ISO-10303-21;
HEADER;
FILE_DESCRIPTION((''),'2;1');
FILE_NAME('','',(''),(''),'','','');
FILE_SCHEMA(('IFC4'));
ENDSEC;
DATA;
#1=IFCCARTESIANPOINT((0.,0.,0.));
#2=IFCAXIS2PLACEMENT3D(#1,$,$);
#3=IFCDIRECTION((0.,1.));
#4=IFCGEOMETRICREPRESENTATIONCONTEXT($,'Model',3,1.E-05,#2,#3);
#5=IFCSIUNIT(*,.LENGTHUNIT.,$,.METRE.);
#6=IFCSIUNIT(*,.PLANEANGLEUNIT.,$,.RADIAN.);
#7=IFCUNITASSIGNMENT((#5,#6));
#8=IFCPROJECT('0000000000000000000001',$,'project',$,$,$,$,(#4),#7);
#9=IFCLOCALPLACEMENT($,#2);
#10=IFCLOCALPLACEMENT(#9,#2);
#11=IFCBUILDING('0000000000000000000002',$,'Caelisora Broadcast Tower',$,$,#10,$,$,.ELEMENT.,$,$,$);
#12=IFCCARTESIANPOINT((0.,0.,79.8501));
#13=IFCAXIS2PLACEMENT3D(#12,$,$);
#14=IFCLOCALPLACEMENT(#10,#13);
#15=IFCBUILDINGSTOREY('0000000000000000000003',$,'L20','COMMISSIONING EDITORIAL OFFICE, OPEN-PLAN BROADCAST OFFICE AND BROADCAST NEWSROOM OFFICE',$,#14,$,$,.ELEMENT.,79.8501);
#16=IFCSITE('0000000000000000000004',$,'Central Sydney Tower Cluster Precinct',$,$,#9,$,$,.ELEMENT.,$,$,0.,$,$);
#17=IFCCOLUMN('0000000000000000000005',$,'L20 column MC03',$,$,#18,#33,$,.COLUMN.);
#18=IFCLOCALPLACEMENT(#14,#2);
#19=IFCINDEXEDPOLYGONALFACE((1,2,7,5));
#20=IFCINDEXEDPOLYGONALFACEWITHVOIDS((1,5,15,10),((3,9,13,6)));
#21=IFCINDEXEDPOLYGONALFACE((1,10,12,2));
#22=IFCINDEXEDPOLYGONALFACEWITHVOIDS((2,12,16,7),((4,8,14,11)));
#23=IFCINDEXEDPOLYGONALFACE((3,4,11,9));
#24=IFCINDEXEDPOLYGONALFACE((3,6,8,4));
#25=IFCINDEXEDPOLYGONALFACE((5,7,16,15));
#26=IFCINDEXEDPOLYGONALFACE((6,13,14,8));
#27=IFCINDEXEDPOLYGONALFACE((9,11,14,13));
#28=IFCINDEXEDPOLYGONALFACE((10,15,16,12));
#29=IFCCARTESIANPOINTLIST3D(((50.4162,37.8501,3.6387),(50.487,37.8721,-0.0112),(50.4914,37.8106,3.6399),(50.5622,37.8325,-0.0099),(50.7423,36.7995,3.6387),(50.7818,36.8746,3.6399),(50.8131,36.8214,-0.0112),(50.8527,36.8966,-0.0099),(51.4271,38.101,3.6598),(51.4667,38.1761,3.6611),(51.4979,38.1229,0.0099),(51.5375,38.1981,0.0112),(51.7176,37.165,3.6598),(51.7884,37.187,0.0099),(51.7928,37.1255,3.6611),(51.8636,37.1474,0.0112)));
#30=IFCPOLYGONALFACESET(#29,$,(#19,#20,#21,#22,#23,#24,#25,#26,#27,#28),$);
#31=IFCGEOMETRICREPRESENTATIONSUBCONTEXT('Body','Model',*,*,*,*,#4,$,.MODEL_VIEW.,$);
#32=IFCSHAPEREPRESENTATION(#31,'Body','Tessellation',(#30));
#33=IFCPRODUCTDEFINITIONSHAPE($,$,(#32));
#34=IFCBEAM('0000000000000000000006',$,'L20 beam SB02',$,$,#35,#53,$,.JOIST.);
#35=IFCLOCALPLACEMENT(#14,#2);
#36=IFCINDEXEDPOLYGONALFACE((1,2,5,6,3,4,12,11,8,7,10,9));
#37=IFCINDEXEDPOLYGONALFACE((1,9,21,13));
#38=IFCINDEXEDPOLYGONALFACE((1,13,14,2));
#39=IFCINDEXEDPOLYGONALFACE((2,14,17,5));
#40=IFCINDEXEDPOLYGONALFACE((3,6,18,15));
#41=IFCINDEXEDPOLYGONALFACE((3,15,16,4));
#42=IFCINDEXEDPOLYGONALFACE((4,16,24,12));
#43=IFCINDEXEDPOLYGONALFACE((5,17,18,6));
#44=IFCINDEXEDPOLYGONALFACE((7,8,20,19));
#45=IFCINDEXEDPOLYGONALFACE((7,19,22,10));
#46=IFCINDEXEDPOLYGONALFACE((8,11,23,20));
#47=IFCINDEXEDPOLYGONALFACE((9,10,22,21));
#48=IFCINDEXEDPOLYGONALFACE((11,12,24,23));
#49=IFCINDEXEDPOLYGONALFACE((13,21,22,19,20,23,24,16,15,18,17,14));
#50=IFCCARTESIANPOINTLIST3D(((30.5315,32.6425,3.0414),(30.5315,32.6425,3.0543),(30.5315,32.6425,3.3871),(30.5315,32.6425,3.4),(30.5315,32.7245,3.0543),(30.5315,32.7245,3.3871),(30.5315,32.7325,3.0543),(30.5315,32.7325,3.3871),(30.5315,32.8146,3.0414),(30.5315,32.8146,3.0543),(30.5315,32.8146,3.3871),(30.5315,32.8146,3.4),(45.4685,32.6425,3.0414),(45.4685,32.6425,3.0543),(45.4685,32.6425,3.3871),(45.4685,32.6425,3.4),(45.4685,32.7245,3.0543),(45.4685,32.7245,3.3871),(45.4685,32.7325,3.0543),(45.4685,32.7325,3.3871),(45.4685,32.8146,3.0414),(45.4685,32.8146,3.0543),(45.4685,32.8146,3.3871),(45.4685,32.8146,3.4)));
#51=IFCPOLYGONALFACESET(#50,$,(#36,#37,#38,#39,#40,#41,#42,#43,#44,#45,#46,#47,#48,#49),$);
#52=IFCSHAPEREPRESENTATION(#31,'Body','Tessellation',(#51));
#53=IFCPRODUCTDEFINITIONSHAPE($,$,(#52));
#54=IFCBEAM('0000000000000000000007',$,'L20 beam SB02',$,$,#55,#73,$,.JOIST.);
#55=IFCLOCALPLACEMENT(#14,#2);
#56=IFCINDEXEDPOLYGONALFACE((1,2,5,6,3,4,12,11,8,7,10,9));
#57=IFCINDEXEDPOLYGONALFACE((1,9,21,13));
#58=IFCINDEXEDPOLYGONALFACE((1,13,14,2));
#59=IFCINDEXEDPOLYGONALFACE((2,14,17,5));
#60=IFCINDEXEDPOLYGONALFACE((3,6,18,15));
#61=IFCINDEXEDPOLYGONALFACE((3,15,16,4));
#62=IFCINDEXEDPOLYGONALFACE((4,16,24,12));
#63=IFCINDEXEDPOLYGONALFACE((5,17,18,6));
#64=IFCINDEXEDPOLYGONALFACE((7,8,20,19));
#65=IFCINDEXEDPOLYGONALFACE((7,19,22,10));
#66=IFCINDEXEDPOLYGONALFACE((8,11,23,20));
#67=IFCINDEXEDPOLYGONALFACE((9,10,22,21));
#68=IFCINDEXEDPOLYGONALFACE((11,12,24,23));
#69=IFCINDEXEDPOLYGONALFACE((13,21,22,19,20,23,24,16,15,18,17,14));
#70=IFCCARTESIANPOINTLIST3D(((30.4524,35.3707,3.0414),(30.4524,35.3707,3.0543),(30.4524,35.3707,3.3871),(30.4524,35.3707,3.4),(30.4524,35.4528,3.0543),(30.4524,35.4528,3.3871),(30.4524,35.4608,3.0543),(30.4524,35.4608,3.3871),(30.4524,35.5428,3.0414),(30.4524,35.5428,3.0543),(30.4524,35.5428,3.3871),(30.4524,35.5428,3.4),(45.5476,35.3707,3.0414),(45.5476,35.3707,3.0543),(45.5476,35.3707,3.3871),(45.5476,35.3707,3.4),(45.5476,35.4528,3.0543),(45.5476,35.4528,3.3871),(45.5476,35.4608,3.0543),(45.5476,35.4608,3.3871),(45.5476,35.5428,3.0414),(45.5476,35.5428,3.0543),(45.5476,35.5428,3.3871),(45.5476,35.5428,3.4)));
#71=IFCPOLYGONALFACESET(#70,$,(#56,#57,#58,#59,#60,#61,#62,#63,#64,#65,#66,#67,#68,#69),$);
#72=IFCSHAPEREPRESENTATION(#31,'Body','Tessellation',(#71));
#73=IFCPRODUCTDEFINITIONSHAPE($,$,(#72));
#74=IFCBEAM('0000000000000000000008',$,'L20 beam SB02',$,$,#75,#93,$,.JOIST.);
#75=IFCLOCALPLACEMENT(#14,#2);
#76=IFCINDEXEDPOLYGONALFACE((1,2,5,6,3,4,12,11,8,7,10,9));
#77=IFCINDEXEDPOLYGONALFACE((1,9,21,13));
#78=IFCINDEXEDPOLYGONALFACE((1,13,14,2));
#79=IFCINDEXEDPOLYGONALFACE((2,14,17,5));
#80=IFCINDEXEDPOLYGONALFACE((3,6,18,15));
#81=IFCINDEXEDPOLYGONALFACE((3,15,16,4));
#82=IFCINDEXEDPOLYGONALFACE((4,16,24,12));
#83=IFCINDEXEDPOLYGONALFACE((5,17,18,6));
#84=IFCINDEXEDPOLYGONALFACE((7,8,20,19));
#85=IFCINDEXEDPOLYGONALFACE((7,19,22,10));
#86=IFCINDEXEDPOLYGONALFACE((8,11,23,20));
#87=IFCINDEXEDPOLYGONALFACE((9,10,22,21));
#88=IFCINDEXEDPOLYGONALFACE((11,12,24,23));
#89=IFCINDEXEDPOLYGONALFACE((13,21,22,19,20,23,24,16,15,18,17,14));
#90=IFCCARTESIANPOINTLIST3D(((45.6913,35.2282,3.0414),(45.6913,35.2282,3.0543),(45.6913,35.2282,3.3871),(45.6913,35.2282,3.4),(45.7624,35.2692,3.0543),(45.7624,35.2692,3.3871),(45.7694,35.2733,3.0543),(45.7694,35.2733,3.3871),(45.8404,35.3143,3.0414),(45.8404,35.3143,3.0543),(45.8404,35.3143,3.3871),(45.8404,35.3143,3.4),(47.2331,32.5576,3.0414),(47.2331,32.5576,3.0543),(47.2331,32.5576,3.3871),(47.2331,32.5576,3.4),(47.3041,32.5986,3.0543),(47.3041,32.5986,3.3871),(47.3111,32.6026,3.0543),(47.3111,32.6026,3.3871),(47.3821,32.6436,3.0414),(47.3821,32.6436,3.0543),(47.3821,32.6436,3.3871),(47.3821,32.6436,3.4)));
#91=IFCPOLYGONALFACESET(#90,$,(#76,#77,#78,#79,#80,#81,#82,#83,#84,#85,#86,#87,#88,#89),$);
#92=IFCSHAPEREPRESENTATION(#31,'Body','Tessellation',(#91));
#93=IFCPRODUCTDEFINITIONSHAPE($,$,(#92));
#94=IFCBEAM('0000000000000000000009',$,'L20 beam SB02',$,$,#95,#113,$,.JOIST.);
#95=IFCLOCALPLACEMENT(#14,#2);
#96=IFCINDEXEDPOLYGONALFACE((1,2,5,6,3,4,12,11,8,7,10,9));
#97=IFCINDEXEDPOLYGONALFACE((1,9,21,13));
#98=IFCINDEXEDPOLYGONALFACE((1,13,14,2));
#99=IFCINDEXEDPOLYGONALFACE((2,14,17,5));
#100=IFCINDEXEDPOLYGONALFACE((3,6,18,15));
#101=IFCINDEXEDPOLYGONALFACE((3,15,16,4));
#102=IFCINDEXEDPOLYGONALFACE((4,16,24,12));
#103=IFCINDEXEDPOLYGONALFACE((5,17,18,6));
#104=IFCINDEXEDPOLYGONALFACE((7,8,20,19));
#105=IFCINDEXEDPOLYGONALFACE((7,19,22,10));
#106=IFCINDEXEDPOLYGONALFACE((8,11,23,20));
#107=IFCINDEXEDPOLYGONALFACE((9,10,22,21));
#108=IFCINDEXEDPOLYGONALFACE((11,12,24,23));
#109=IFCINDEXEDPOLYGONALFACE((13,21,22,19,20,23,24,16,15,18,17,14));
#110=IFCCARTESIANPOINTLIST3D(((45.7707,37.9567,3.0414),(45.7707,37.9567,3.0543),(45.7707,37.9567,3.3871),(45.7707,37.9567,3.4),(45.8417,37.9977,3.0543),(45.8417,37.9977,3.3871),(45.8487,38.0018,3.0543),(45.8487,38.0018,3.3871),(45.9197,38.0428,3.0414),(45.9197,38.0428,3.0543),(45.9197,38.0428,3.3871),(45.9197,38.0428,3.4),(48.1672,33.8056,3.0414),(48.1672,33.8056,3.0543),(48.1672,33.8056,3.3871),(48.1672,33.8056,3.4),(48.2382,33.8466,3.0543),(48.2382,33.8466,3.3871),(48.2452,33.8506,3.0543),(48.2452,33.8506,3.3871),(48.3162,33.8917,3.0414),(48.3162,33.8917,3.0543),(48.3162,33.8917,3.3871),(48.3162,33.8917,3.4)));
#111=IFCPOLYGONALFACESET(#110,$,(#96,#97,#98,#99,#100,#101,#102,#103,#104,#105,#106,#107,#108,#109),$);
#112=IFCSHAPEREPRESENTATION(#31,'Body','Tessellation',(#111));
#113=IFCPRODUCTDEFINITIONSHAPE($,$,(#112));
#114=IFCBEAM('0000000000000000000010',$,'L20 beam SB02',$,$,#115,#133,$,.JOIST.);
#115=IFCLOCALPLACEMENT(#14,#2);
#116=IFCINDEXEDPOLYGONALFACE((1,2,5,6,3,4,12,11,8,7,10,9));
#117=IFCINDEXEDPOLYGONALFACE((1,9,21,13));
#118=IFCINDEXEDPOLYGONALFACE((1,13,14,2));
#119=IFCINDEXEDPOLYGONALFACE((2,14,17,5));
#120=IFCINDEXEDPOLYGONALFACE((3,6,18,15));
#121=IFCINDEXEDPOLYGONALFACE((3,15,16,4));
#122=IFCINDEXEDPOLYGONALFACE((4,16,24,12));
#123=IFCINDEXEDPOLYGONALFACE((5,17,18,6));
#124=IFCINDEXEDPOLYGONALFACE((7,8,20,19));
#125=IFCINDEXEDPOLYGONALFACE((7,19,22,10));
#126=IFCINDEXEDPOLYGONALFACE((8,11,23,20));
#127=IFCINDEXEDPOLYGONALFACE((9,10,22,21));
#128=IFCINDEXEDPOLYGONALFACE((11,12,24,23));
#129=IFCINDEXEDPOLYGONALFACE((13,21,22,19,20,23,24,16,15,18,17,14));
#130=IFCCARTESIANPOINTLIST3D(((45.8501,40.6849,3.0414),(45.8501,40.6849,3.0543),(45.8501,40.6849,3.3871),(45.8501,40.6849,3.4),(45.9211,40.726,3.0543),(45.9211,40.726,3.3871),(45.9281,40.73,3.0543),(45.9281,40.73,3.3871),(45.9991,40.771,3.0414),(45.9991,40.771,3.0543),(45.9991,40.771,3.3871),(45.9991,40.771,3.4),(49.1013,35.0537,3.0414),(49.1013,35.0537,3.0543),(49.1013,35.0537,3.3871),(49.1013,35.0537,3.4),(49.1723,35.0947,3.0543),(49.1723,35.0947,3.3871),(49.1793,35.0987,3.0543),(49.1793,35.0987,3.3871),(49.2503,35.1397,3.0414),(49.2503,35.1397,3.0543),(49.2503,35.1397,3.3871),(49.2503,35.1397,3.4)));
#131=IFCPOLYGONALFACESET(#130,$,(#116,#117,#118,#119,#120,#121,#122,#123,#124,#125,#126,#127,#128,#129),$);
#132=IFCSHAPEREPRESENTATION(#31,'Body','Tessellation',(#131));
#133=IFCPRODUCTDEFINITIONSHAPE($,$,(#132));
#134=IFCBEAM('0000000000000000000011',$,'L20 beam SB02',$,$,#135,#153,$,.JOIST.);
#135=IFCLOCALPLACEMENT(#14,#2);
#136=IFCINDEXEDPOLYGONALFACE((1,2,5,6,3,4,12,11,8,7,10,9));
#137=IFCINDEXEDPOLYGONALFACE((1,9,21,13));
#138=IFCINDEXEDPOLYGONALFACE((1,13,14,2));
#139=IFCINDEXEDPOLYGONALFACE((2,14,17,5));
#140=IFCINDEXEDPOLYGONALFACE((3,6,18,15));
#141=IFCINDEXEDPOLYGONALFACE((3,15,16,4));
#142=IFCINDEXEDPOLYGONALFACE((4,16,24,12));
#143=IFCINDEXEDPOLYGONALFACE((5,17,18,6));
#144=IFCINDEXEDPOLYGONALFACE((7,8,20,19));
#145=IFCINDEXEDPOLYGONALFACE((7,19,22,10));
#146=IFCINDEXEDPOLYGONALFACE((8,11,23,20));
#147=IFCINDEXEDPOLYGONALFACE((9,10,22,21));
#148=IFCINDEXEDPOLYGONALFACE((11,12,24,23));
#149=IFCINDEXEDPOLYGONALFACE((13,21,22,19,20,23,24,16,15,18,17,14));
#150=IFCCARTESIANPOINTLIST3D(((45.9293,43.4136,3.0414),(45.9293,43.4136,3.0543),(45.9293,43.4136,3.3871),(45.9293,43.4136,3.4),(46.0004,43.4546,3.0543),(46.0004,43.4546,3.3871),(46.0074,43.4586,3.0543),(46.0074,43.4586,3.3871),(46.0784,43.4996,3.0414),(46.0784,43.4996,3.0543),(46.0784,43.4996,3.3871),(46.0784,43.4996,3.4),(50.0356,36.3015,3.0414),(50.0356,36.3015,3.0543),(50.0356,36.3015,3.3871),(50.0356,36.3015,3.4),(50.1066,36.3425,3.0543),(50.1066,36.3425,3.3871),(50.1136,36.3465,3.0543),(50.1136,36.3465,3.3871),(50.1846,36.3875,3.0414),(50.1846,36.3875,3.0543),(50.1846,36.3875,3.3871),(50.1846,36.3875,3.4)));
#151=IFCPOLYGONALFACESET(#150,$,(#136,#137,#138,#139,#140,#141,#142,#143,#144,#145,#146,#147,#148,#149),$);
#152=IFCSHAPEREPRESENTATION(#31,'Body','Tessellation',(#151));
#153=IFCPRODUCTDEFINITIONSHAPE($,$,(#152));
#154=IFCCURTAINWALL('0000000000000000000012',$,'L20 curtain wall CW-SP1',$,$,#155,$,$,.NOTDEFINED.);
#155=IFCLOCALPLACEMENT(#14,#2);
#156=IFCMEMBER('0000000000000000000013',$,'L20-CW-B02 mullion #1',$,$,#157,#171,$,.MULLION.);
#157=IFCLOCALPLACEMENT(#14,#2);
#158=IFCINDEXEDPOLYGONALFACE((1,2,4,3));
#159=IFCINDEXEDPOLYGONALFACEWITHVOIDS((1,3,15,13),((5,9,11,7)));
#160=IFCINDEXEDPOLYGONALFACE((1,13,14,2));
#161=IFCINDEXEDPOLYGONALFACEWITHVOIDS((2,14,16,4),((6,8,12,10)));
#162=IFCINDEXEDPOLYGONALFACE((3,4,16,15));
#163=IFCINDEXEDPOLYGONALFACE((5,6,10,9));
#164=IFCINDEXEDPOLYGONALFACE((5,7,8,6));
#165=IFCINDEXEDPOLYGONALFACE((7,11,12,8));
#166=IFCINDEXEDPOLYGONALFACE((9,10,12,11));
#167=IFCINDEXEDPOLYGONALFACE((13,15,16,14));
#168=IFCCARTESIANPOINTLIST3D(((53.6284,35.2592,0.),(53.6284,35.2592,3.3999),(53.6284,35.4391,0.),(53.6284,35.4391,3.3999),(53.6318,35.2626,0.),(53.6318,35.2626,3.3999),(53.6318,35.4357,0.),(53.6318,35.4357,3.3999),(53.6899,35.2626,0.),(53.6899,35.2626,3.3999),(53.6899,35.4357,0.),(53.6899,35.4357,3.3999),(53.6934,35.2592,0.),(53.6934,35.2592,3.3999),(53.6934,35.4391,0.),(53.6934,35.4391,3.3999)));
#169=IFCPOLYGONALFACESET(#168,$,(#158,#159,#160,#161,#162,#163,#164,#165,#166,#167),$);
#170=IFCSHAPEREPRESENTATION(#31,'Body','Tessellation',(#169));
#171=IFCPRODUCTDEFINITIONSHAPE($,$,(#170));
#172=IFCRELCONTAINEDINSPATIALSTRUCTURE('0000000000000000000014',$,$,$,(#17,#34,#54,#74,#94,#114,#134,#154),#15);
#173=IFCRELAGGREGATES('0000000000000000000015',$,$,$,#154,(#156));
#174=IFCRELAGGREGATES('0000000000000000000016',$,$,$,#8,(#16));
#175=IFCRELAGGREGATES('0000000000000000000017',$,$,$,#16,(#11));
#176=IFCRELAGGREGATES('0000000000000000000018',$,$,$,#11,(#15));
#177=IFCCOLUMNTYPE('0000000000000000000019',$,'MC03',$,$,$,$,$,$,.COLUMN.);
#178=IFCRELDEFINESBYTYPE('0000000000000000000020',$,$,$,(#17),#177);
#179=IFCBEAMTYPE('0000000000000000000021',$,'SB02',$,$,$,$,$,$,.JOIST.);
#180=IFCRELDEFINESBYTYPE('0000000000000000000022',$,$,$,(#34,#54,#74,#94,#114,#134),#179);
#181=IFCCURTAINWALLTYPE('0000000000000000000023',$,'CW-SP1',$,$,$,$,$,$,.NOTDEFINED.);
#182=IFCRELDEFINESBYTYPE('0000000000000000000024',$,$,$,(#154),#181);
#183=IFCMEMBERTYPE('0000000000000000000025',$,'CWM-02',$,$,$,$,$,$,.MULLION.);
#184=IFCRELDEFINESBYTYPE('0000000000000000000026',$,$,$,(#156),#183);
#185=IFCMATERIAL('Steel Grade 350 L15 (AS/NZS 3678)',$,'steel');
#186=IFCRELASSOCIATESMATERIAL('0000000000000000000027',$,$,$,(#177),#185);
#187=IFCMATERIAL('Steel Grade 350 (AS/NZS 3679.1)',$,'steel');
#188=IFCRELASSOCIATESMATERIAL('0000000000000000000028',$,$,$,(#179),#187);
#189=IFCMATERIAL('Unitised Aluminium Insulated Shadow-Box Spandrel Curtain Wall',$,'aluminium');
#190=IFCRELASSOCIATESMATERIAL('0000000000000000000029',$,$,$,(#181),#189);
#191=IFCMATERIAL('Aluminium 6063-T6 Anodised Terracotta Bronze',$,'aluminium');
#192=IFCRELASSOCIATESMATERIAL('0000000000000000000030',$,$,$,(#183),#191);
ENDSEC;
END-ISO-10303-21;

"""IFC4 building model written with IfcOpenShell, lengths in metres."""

from ifc_helpers import new_model, si_unit, direction, frame, origin, origin_2d, place, context, subcontext, project, spatial, hollow_rectangle, i_section, extrude, source, transform, mapped, material, material_profile, profile_set, type_object, type_shapes, element, aggregate, save


model = new_model("IFC4")

# Units and contexts
model_context = context("Model", 3, precision=1e-05, world=origin(), true_north=direction((0.0, 1.0)))
body_context = subcontext(model_context, "Body", "Model", "MODEL_VIEW")
ifc_project = project(units=[si_unit("LENGTHUNIT", "METRE"), si_unit("PLANEANGLEUNIT", "RADIAN")], contexts=[model_context])

# Site, building, storey
site_placement = place(None, origin())
site = spatial("IfcSite", under=ifc_project, at=site_placement, Name="Central Sydney Tower Cluster Precinct", CompositionType="ELEMENT", RefElevation=0.0)
building_placement = place(site_placement, origin())
building = spatial("IfcBuilding", under=site, at=building_placement, Name="Caelisora Broadcast Tower", CompositionType="ELEMENT")
storey_placement = place(building_placement, frame((0.0, 0.0, 79.8501)))
storey = spatial("IfcBuildingStorey", under=building, at=storey_placement, Name="L20", Description="COMMISSIONING EDITORIAL OFFICE, OPEN-PLAN BROADCAST OFFICE AND BROADCAST NEWSROOM OFFICE", CompositionType="ELEMENT", Elevation=79.8501)

# Column
ifc_material_1 = material(Name="Steel Grade 350 L15 (AS/NZS 3678)", Category="steel")
ifc_material_profile_1 = material_profile(ifc_material_1, hollow_rectangle(XDim=1.1001, YDim=1.1001, WallThickness=0.0601, at=origin_2d()), Name="Steel Grade 350 L15 (AS/NZS 3678)")
ifc_profile_set_1 = profile_set([ifc_material_profile_1], Name="Steel Grade 350 L15 (AS/NZS 3678)")
column_type = type_object("IfcColumnType", Name="MC03", PredefinedType="COLUMN", material=ifc_profile_set_1)
shared_shape_1 = source(origin(), body_context, "Body", "SweptSolid", [
    extrude(hollow_rectangle(XDim=1.1001, YDim=1.1001, WallThickness=0.0601, at=origin_2d()), origin(), (0.0, 0.0, 1.0), 3.6506),
])
type_shapes(column_type, [shared_shape_1])
column_placement = place(storey_placement, frame((51.1753, 37.5098, 0.0), z_axis=(-0.019394, -0.006019, 0.999794), x_axis=(0.296399, -0.955064, 0.0)))
element("IfcColumn", 1, at=column_placement, inside=storey, type_object=column_type, Name="L20 column MC03", PredefinedType="COLUMN", context=body_context, shape_type="MappedRepresentation", body=[
    mapped(shared_shape_1, transform((0.0, 0.0, 0.0), scale=1.0)),
])

# Beams
ifc_material_2 = material(Name="Steel Grade 350 (AS/NZS 3679.1)", Category="steel")
ifc_material_profile_2 = material_profile(ifc_material_2, i_section(OverallWidth=0.1721, OverallDepth=0.3586, WebThickness=0.0081, FlangeThickness=0.0129, at=origin_2d()), Name="Steel Grade 350 (AS/NZS 3679.1)")
ifc_profile_set_2 = profile_set([ifc_material_profile_2], Name="Steel Grade 350 (AS/NZS 3679.1)")
beam_type = type_object("IfcBeamType", Name="SB02", PredefinedType="JOIST", material=ifc_profile_set_2)
shared_shape_2 = source(origin(), body_context, "Body", "SweptSolid", [
    extrude(i_section(OverallWidth=0.1721, OverallDepth=0.3586, WebThickness=0.0081, FlangeThickness=0.0129, at=origin_2d()), origin(), (0.0, 0.0, 1.0), 14.937),
])
beam_1_placement = place(storey_placement, frame((45.4685, 32.7285, 3.2207), z_axis=(-1.0, 0.0, 0.0), x_axis=(0.0, -1.0, 0.0)))
element("IfcBeam", 2, at=beam_1_placement, inside=storey, type_object=beam_type, Name="L20 beam SB02", PredefinedType="JOIST", context=body_context, shape_type="MappedRepresentation", body=[
    mapped(shared_shape_2, transform((0.0, 0.0, 0.0), scale=1.0)),
])
shared_shape_3 = source(origin(), body_context, "Body", "SweptSolid", [
    extrude(i_section(OverallWidth=0.1721, OverallDepth=0.3586, WebThickness=0.0081, FlangeThickness=0.0129, at=origin_2d()), origin(), (0.0, 0.0, 1.0), 15.0952),
])
beam_2_placement = place(storey_placement, frame((45.5476, 35.4568, 3.2207), z_axis=(-1.0, 0.0, 0.0), x_axis=(0.0, -1.0, 0.0)))
element("IfcBeam", 3, at=beam_2_placement, inside=storey, type_object=beam_type, Name="L20 beam SB02", PredefinedType="JOIST", context=body_context, shape_type="MappedRepresentation", body=[
    mapped(shared_shape_3, transform((0.0, 0.0, 0.0), scale=1.0)),
])
shared_shape_4 = source(origin(), body_context, "Body", "SweptSolid", [
    extrude(i_section(OverallWidth=0.1721, OverallDepth=0.3586, WebThickness=0.0081, FlangeThickness=0.0129, at=origin_2d()), origin(), (0.0, 0.0, 1.0), 3.0837),
])
beam_3_placement = place(storey_placement, frame((47.3076, 32.6006, 3.2207), z_axis=(-0.499962, 0.866047, 0.0), x_axis=(-0.866047, -0.499962, 0.0)))
element("IfcBeam", 4, at=beam_3_placement, inside=storey, type_object=beam_type, Name="L20 beam SB02", PredefinedType="JOIST", context=body_context, shape_type="MappedRepresentation", body=[
    mapped(shared_shape_4, transform((0.0, 0.0, 0.0), scale=1.0)),
])
shared_shape_5 = source(origin(), body_context, "Body", "SweptSolid", [
    extrude(i_section(OverallWidth=0.1721, OverallDepth=0.3586, WebThickness=0.0081, FlangeThickness=0.0129, at=origin_2d()), origin(), (0.0, 0.0, 1.0), 4.7932),
])
beam_4_placement = place(storey_placement, frame((48.2417, 33.8486, 3.2207), z_axis=(-0.499974, 0.866041, 0.0), x_axis=(-0.866041, -0.499974, 0.0)))
element("IfcBeam", 5, at=beam_4_placement, inside=storey, type_object=beam_type, Name="L20 beam SB02", PredefinedType="JOIST", context=body_context, shape_type="MappedRepresentation", body=[
    mapped(shared_shape_5, transform((0.0, 0.0, 0.0), scale=1.0)),
])
shared_shape_6 = source(origin(), body_context, "Body", "SweptSolid", [
    extrude(i_section(OverallWidth=0.1721, OverallDepth=0.3586, WebThickness=0.0081, FlangeThickness=0.0129, at=origin_2d()), origin(), (0.0, 0.0, 1.0), 6.5024),
])
beam_5_placement = place(storey_placement, frame((49.1758, 35.0967, 3.2207), z_axis=(-0.499995, 0.866028, 0.0), x_axis=(-0.866028, -0.499995, 0.0)))
element("IfcBeam", 6, at=beam_5_placement, inside=storey, type_object=beam_type, Name="L20 beam SB02", PredefinedType="JOIST", context=body_context, shape_type="MappedRepresentation", body=[
    mapped(shared_shape_6, transform((0.0, 0.0, 0.0), scale=1.0)),
])
shared_shape_7 = source(origin(), body_context, "Body", "SweptSolid", [
    extrude(i_section(OverallWidth=0.1721, OverallDepth=0.3586, WebThickness=0.0081, FlangeThickness=0.0129, at=origin_2d()), origin(), (0.0, 0.0, 1.0), 8.2124),
])
type_shapes(beam_type, [shared_shape_2, shared_shape_3, shared_shape_4, shared_shape_5, shared_shape_6, shared_shape_7])
beam_6_placement = place(storey_placement, frame((50.1101, 36.3445, 3.2207), z_axis=(-0.500005, 0.866023, 0.0), x_axis=(-0.866023, -0.500005, 0.0)))
element("IfcBeam", 7, at=beam_6_placement, inside=storey, type_object=beam_type, Name="L20 beam SB02", PredefinedType="JOIST", context=body_context, shape_type="MappedRepresentation", body=[
    mapped(shared_shape_7, transform((0.0, 0.0, 0.0), scale=1.0)),
])

# Curtain wall, member
ifc_material_3 = material(Name="Unitised Aluminium Insulated Shadow-Box Spandrel Curtain Wall", Category="aluminium")
curtain_wall_type = type_object("IfcCurtainWallType", Name="CW-SP1", PredefinedType="NOTDEFINED", material=ifc_material_3)
curtain_wall_placement = place(storey_placement, origin())
curtain_wall = element("IfcCurtainWall", 8, at=curtain_wall_placement, inside=storey, type_object=curtain_wall_type, Name="L20 curtain wall CW-SP1", PredefinedType="NOTDEFINED")
ifc_material_4 = material(Name="Aluminium 6063-T6 Anodised Terracotta Bronze", Category="aluminium")
ifc_material_profile_3 = material_profile(ifc_material_4, hollow_rectangle(XDim=0.0649, YDim=0.1799, WallThickness=0.0034, at=origin_2d()), Name="Aluminium 6063-T6 Anodised Terracotta Bronze")
ifc_profile_set_3 = profile_set([ifc_material_profile_3], Name="Aluminium 6063-T6 Anodised Terracotta Bronze")
member_type = type_object("IfcMemberType", Name="CWM-02", PredefinedType="MULLION", material=ifc_profile_set_3)
shared_shape_8 = source(origin(), body_context, "Body", "SweptSolid", [
    extrude(hollow_rectangle(XDim=0.0649, YDim=0.1799, WallThickness=0.0034, at=origin_2d()), origin(), (0.0, 0.0, 1.0), 3.3999),
])
type_shapes(member_type, [shared_shape_8])
member_placement = place(storey_placement, frame((53.6609, 35.3491, 0.0), z_axis=(0.0, 0.0, 1.0), x_axis=(1.0, 0.0, 0.0)))
member = element("IfcMember", 9, at=member_placement, type_object=member_type, Name="L20-CW-B02 mullion #1", PredefinedType="MULLION", context=body_context, shape_type="MappedRepresentation", body=[
    mapped(shared_shape_8, transform((0.0, 0.0, 0.0), scale=1.0)),
])

aggregate(curtain_wall, [member])

save(model, "model.ifc")
